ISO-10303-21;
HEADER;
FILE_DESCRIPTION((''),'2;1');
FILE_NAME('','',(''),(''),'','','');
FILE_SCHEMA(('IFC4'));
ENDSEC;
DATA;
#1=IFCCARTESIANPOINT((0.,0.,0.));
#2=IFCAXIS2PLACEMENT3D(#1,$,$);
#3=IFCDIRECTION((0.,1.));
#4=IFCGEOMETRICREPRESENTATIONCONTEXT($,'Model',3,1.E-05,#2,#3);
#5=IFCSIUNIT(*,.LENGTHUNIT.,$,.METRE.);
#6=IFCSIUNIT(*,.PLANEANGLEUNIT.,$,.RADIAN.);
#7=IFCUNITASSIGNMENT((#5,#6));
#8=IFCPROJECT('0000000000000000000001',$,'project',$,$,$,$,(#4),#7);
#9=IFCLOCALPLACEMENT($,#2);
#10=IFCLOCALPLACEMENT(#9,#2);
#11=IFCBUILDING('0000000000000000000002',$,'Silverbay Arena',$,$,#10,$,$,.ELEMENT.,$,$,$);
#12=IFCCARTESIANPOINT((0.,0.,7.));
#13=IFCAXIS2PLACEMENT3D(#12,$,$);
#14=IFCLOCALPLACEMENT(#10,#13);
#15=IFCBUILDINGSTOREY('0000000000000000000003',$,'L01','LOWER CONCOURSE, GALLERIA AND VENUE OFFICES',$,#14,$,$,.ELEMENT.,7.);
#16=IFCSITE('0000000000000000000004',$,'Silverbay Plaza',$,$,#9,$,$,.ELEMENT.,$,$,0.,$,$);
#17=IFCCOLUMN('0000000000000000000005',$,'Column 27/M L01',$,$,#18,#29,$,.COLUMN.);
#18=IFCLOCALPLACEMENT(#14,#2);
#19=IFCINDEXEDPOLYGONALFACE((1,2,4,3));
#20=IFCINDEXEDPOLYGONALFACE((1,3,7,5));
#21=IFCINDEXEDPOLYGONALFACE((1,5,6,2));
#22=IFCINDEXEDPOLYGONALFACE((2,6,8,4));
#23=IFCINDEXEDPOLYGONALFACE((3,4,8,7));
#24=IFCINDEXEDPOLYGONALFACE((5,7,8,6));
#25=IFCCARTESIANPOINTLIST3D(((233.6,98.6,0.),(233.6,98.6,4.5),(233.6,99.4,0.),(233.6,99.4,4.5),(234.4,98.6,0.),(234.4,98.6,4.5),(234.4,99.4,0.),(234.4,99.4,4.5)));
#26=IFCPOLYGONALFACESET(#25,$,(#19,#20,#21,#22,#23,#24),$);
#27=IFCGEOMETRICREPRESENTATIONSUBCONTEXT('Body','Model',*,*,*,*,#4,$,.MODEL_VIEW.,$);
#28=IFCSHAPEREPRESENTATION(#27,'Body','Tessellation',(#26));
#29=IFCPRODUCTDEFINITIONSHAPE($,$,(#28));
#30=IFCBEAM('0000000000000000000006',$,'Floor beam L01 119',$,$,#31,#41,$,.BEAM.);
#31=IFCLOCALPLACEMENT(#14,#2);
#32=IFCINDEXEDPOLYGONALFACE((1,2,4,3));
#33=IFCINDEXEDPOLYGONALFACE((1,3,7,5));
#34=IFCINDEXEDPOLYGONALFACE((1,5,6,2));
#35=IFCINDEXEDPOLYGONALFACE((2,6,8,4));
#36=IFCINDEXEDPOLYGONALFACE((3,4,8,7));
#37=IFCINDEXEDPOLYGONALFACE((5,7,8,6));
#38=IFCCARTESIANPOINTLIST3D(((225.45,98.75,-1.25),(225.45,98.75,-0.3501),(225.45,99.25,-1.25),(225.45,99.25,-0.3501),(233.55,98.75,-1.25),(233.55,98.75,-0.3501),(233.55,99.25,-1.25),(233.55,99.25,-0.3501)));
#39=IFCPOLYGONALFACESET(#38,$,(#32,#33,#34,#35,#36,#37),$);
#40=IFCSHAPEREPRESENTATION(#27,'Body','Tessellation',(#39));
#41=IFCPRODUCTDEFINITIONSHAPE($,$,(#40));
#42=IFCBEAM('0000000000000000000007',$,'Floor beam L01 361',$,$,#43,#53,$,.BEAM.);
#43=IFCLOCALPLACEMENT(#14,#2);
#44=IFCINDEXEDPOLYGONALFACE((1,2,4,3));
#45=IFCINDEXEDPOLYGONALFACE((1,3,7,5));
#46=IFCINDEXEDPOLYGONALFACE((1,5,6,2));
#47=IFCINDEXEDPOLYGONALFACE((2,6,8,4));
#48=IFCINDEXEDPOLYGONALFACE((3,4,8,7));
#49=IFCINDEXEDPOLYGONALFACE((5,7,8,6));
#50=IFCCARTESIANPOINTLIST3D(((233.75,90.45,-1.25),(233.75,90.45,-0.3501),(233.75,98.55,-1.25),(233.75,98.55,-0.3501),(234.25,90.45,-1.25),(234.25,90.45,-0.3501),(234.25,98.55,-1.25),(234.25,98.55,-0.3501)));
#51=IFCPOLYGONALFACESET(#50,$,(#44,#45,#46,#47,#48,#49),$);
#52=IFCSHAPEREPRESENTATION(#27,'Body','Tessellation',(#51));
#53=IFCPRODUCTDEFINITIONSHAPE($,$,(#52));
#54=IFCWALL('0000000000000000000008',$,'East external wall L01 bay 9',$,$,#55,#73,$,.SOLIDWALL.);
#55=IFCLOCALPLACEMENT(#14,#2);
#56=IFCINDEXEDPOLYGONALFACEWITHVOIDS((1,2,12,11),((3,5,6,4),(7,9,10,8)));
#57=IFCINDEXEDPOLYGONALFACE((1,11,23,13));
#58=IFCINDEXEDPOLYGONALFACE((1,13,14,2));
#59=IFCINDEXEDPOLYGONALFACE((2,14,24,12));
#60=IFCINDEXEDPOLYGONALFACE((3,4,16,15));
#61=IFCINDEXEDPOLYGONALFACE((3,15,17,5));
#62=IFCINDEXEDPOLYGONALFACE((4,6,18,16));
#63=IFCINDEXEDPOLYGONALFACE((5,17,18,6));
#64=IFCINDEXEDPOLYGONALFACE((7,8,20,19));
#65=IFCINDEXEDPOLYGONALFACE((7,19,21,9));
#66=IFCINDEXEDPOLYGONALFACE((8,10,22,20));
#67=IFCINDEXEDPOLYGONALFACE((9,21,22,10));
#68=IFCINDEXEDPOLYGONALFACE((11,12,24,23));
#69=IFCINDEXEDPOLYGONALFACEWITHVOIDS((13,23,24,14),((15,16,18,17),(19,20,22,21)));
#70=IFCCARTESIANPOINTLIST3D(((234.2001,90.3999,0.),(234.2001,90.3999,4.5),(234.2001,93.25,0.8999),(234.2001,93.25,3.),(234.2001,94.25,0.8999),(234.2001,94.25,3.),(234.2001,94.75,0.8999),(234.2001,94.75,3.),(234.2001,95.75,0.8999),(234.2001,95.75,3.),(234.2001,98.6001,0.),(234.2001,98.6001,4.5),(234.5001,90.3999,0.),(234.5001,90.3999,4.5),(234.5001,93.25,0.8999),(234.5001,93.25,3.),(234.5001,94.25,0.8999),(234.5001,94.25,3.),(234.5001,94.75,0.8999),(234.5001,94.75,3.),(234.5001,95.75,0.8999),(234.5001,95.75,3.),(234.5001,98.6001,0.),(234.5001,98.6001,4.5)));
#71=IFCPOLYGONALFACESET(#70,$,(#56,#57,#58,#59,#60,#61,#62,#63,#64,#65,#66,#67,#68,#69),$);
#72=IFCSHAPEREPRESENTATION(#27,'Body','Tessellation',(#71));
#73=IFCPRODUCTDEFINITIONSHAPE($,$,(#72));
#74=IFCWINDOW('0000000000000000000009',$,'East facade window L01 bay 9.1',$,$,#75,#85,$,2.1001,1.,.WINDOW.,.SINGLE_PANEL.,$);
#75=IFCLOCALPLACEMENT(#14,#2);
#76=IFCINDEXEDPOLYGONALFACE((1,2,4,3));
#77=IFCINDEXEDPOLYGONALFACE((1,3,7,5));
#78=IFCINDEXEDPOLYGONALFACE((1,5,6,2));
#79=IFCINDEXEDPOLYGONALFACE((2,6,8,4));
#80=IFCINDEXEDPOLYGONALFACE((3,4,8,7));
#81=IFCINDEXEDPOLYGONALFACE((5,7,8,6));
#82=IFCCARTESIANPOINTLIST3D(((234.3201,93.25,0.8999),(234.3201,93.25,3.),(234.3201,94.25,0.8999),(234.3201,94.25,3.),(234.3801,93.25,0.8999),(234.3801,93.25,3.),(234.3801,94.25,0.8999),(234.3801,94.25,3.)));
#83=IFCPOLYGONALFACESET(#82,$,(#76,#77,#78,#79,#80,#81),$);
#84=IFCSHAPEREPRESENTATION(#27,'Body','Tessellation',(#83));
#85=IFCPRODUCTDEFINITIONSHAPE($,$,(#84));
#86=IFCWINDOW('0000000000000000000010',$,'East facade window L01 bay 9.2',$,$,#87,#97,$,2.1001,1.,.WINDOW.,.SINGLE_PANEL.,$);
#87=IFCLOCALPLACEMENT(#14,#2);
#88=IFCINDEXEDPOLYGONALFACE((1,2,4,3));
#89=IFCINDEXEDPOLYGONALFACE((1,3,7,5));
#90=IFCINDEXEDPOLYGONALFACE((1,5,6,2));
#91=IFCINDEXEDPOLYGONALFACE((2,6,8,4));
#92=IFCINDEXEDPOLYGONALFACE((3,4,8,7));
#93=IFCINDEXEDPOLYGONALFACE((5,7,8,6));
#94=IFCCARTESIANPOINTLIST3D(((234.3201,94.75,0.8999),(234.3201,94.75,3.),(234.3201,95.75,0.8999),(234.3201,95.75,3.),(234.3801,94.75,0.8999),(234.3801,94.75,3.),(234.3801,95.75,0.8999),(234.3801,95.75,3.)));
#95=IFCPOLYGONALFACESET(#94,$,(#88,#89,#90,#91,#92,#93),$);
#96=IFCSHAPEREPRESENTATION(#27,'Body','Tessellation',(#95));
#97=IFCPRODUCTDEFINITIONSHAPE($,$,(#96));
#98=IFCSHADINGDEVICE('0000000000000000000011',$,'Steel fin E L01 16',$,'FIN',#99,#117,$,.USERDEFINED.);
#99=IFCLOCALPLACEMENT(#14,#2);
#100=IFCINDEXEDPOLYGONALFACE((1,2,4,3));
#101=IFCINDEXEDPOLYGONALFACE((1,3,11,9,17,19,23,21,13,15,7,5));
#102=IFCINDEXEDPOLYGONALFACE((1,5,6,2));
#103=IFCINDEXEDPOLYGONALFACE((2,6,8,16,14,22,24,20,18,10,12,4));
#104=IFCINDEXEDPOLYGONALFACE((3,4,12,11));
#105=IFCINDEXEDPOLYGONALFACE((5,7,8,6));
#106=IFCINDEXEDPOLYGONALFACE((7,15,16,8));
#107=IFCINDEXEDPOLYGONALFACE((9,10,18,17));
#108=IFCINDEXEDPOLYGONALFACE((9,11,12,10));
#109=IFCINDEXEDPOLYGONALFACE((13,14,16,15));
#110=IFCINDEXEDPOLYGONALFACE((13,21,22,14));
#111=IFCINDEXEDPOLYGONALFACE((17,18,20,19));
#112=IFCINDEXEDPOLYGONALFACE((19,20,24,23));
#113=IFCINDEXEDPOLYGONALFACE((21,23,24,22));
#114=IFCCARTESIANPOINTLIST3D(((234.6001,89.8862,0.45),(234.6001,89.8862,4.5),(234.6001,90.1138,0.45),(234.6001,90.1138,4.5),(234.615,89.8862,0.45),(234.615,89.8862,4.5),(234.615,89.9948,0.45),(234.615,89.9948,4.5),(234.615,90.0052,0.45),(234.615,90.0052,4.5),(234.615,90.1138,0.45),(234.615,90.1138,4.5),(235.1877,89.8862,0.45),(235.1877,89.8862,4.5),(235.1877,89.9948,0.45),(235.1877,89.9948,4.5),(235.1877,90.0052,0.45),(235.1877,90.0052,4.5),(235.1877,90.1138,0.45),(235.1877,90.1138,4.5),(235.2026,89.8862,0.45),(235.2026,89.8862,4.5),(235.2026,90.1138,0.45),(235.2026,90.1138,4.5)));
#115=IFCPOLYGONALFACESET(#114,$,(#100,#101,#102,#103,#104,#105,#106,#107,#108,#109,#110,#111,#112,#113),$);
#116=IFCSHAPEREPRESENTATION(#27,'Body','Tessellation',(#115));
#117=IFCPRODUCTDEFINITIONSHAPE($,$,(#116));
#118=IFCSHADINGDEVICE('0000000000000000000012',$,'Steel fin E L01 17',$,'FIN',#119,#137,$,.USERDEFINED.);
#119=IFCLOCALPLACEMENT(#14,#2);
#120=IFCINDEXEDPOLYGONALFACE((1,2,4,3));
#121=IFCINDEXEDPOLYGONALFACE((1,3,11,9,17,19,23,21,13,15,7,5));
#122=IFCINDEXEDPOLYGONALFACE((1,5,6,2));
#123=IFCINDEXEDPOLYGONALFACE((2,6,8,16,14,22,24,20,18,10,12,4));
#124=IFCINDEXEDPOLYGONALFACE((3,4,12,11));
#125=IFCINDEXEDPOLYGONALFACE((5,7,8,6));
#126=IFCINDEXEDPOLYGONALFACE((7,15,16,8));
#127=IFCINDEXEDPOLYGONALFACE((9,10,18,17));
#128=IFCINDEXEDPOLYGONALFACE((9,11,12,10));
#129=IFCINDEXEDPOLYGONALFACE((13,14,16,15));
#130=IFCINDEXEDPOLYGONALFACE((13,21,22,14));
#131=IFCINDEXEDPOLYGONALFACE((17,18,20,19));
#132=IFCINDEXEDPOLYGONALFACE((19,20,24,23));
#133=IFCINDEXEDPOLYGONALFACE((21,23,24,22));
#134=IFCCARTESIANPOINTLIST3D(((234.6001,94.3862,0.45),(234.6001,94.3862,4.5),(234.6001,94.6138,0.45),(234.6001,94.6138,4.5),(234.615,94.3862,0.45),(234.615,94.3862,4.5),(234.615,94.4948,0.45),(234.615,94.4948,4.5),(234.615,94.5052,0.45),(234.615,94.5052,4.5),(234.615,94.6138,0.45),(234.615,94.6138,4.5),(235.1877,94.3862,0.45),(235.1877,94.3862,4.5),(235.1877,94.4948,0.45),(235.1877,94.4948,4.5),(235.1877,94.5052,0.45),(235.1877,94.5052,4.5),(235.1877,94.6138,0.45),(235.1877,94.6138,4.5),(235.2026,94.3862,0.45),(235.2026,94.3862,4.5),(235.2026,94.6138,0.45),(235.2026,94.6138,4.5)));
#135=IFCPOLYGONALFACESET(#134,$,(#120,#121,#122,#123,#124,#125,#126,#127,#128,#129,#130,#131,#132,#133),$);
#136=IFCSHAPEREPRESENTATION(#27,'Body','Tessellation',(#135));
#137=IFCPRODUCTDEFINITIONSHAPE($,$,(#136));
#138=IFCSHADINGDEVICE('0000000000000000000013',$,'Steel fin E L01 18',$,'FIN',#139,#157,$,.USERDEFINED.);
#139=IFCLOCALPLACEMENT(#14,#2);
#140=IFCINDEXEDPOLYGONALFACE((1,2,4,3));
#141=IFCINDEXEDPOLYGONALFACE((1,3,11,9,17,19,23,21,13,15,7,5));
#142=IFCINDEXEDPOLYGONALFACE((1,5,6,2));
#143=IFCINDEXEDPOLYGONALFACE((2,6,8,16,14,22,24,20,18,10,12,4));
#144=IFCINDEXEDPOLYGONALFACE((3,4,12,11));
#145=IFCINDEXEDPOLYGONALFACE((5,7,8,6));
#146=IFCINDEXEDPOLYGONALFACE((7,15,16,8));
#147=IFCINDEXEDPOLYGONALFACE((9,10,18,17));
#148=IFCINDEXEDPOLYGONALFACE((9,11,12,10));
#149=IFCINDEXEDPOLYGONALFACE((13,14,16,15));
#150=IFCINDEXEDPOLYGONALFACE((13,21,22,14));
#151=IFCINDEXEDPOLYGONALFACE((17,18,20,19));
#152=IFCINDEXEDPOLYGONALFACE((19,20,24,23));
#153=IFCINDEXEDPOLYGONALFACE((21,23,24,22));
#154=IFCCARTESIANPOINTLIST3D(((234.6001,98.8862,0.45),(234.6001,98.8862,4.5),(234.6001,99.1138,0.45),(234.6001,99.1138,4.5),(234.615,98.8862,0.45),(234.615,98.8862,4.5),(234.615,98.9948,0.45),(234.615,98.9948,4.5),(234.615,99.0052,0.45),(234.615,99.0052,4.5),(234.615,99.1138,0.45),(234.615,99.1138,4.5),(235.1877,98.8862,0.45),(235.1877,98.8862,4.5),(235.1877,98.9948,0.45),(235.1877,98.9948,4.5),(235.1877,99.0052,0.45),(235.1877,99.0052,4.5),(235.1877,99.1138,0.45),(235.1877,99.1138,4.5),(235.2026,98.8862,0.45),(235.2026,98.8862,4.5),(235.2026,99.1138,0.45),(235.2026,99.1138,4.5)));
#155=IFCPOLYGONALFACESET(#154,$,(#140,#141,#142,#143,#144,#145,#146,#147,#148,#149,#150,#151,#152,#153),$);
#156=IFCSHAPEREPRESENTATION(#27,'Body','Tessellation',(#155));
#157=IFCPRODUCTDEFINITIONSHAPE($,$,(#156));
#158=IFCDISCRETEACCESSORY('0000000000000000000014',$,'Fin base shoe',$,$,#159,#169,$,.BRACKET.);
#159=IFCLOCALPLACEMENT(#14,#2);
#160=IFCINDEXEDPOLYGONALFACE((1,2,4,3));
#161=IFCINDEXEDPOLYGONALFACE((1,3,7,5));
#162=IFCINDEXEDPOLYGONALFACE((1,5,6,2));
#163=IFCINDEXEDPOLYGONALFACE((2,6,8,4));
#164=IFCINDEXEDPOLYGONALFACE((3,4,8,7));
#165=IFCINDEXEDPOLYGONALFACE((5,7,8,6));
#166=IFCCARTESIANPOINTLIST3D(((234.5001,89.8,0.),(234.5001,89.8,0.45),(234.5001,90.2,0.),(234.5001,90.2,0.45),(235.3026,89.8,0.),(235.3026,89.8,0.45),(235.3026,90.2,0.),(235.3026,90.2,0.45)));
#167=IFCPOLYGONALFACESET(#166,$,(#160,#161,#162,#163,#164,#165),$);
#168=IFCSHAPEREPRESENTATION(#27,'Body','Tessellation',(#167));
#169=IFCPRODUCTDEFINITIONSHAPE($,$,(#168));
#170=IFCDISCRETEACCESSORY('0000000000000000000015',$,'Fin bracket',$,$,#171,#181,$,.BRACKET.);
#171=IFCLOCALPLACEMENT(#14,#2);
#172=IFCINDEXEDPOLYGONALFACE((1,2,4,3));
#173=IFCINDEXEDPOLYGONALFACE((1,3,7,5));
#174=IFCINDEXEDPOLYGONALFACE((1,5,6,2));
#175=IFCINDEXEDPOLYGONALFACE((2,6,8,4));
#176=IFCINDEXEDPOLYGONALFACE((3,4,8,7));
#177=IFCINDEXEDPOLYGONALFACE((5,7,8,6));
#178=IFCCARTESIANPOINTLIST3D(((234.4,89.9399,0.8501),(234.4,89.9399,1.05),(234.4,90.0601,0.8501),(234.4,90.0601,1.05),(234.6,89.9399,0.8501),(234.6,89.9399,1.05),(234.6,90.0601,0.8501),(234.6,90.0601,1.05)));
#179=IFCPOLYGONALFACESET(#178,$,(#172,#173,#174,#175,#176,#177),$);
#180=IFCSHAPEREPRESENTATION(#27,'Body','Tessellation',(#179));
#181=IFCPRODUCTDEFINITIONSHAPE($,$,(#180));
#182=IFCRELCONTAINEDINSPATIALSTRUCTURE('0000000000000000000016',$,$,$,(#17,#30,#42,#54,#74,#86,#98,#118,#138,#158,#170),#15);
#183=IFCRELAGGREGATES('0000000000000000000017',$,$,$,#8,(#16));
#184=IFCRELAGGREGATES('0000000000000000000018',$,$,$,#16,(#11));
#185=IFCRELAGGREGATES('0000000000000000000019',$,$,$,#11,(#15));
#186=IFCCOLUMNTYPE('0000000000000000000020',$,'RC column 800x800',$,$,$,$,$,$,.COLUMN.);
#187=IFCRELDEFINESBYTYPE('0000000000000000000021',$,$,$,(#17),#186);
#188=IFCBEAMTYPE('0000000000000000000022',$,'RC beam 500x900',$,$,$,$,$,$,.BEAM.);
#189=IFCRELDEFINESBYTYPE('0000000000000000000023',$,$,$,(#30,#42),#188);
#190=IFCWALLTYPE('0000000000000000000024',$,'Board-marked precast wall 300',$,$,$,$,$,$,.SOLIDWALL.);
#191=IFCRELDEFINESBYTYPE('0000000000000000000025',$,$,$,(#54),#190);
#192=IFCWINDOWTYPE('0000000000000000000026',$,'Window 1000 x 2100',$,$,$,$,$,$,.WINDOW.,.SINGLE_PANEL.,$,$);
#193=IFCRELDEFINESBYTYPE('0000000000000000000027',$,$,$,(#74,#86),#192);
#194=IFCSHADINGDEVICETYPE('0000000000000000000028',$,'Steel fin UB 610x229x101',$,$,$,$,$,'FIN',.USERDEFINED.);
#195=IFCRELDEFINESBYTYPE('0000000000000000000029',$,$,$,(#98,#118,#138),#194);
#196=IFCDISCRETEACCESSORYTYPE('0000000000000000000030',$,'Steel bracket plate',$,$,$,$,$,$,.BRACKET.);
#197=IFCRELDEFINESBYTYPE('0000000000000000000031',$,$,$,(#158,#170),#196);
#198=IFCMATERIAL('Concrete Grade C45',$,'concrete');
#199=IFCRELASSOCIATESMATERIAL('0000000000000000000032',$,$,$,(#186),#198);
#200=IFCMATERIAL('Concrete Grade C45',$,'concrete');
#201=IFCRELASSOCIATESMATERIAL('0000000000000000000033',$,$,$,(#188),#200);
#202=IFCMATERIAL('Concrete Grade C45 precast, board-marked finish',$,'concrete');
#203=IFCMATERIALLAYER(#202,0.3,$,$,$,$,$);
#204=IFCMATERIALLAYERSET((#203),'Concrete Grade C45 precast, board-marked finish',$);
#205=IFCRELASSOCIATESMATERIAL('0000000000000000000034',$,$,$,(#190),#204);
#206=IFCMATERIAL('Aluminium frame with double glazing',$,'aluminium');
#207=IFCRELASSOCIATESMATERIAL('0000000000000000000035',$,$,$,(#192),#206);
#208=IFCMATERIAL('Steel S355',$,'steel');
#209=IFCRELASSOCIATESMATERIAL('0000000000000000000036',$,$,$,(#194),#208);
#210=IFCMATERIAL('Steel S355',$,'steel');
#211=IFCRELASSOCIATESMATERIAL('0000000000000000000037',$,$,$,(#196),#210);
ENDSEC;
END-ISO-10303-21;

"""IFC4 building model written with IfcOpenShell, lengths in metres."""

from ifc_helpers import new_model, si_unit, direction, frame, frame_2d, origin, origin_2d, place, context, subcontext, project, spatial, rectangle, i_section, extrude, material, layer, layer_set, material_profile, profile_set, type_object, element, fill, save


model = new_model("IFC4")

# Units and contexts
model_context = context("Model", 3, precision=1e-05, world=origin(), true_north=direction((0.0, 1.0)))
body_context = subcontext(model_context, "Body", "Model", "MODEL_VIEW")
ifc_project = project(units=[si_unit("LENGTHUNIT", "METRE"), si_unit("PLANEANGLEUNIT", "RADIAN")], contexts=[model_context])

# Site, building, storey
site_placement = place(None, origin())
site = spatial("IfcSite", under=ifc_project, at=site_placement, Name="Silverbay Plaza", CompositionType="ELEMENT", RefElevation=0.0)
building_placement = place(site_placement, origin())
building = spatial("IfcBuilding", under=site, at=building_placement, Name="Silverbay Arena", CompositionType="ELEMENT")
storey_placement = place(building_placement, frame((0.0, 0.0, 7.0)))
storey = spatial("IfcBuildingStorey", under=building, at=storey_placement, Name="L01", Description="LOWER CONCOURSE, GALLERIA AND VENUE OFFICES", CompositionType="ELEMENT", Elevation=7.0)

# Column
ifc_material_1 = material(Name="Concrete Grade C45", Category="concrete")
ifc_material_profile_1 = material_profile(ifc_material_1, rectangle(XDim=0.8, YDim=0.8, at=origin_2d()), Name="RC 800x800")
ifc_profile_set_1 = profile_set([ifc_material_profile_1], Name="Concrete Grade C45")
column_type = type_object("IfcColumnType", Name="RC column 800x800", PredefinedType="COLUMN", material=ifc_profile_set_1)
column_placement = place(storey_placement, frame((234.0, 99.0, 0.0), z_axis=(0.0, 0.0, 1.0), x_axis=(1.0, 0.0, 0.0)))
element("IfcColumn", 1, at=column_placement, inside=storey, type_object=column_type, Name="Column 27/M L01", PredefinedType="COLUMN", context=body_context, shape_type="SweptSolid", body=[
    extrude(rectangle(XDim=0.8, YDim=0.8, at=origin_2d()), origin(), (0.0, 0.0, 1.0), 4.5),
])

# Beams
ifc_material_2 = material(Name="Concrete Grade C45", Category="concrete")
ifc_material_profile_2 = material_profile(ifc_material_2, rectangle(XDim=0.5, YDim=0.8999, at=origin_2d()), Name="RC 500x900")
ifc_profile_set_2 = profile_set([ifc_material_profile_2], Name="Concrete Grade C45")
beam_type = type_object("IfcBeamType", Name="RC beam 500x900", PredefinedType="BEAM", material=ifc_profile_set_2)
for number, where, z_axis, x_axis, name in (
    (2, (225.45, 99.0, -0.8), (1.0, 0.0, 0.0), (0.0, 1.0, 0.0), "Floor beam L01 119"),
    (3, (234.0, 90.45, -0.8), (0.0, 1.0, 0.0), (-1.0, 0.0, 0.0), "Floor beam L01 361"),
):
    element("IfcBeam", number, at=place(storey_placement, frame(where, z_axis=z_axis, x_axis=x_axis)), inside=storey, type_object=beam_type, Name=name, PredefinedType="BEAM", context=body_context, shape_type="SweptSolid", body=[
        extrude(rectangle(XDim=0.5, YDim=0.8999, at=origin_2d()), origin(), (0.0, 0.0, 1.0), 8.1001),
    ])

# Wall, openings, windows
ifc_material_3 = material(Name="Concrete Grade C45 precast, board-marked finish", Category="concrete")
ifc_layer = layer(ifc_material_3, 0.3)
ifc_layer_set = layer_set([ifc_layer], Name="Concrete Grade C45 precast, board-marked finish")
wall_type = type_object("IfcWallType", Name="Board-marked precast wall 300", PredefinedType="SOLIDWALL", material=ifc_layer_set)
wall_placement = place(storey_placement, frame((234.3501, 90.3999, 0.0), z_axis=(0.0, 0.0, 1.0), x_axis=(0.0, 1.0, 0.0)))
wall = element("IfcWall", 4, at=wall_placement, inside=storey, type_object=wall_type, Name="East external wall L01 bay 9", PredefinedType="SOLIDWALL", context=body_context, shape_type="SweptSolid", body=[
    extrude(rectangle(XDim=8.2002, YDim=0.3, at=frame_2d((4.1001, 0.0))), origin(), (0.0, 0.0, 1.0), 4.5),
])
opening_1_placement = place(wall_placement, frame((2.8501, 0.0, 0.8999)))
opening_1 = element("IfcOpeningElement", 5, at=opening_1_placement, cuts=wall, PredefinedType="OPENING", context=body_context, shape_type="SweptSolid", body=[
    extrude(rectangle(XDim=1.0, YDim=2.1001, at=frame_2d((0.5, 1.05))), frame((0.0, 0.1602, 0.0), z_axis=(0.0, -1.0, 0.0), x_axis=(1.0, 0.0, 0.0)), (0.0, 0.0, 1.0), 0.3201),
])
opening_2_placement = place(wall_placement, frame((4.3501, 0.0, 0.8999)))
opening_2 = element("IfcOpeningElement", 6, at=opening_2_placement, cuts=wall, PredefinedType="OPENING", context=body_context, shape_type="SweptSolid", body=[
    extrude(rectangle(XDim=1.0, YDim=2.1001, at=frame_2d((0.5, 1.05))), frame((0.0, 0.1602, 0.0), z_axis=(0.0, -1.0, 0.0), x_axis=(1.0, 0.0, 0.0)), (0.0, 0.0, 1.0), 0.3201),
])
ifc_material_4 = material(Name="Aluminium frame with double glazing", Category="aluminium")
window_type = type_object("IfcWindowType", Name="Window 1000 x 2100", PartitioningType="SINGLE_PANEL", PredefinedType="WINDOW", material=ifc_material_4)
window_1_placement = place(opening_1_placement, origin())
window_1 = element("IfcWindow", 7, at=window_1_placement, inside=storey, type_object=window_type, Name="East facade window L01 bay 9.1", OverallHeight=2.1001, OverallWidth=1.0, PartitioningType="SINGLE_PANEL", PredefinedType="WINDOW", context=body_context, shape_type="SweptSolid", body=[
    extrude(rectangle(XDim=1.0, YDim=2.1001, at=frame_2d((0.5, 1.05))), frame((0.0, 0.03, 0.0), z_axis=(0.0, -1.0, 0.0), x_axis=(1.0, 0.0, 0.0)), (0.0, 0.0, 1.0), 0.0601),
])
fill(opening_1, window_1)
window_2_placement = place(opening_2_placement, origin())
window_2 = element("IfcWindow", 8, at=window_2_placement, inside=storey, type_object=window_type, Name="East facade window L01 bay 9.2", OverallHeight=2.1001, OverallWidth=1.0, PartitioningType="SINGLE_PANEL", PredefinedType="WINDOW", context=body_context, shape_type="SweptSolid", body=[
    extrude(rectangle(XDim=1.0, YDim=2.1001, at=frame_2d((0.5, 1.05))), frame((0.0, 0.03, 0.0), z_axis=(0.0, -1.0, 0.0), x_axis=(1.0, 0.0, 0.0)), (0.0, 0.0, 1.0), 0.0601),
])
fill(opening_2, window_2)

# Shading devices
ifc_material_5 = material(Name="Steel S355", Category="steel")
ifc_material_profile_3 = material_profile(ifc_material_5, i_section(OverallWidth=0.2275, OverallDepth=0.6025, WebThickness=0.0105, FlangeThickness=0.0149, at=origin_2d()), Name="UB 610x229x101")
ifc_profile_set_3 = profile_set([ifc_material_profile_3], Name="Steel S355")
shading_device_type = type_object("IfcShadingDeviceType", Name="Steel fin UB 610x229x101", ElementType="FIN", PredefinedType="USERDEFINED", material=ifc_profile_set_3)
for number, where, z_axis, x_axis, name in (
    (9, (234.9014, 90.0, 0.45), (0.0, 0.0, 1.0), (0.0, 1.0, 0.0), "Steel fin E L01 16"),
    (10, (234.9014, 94.5, 0.45), (0.0, 0.0, 1.0), (0.0, 1.0, 0.0), "Steel fin E L01 17"),
    (11, (234.9014, 99.0, 0.45), (0.0, 0.0, 1.0), (0.0, 1.0, 0.0), "Steel fin E L01 18"),
):
    element("IfcShadingDevice", number, at=place(storey_placement, frame(where, z_axis=z_axis, x_axis=x_axis)), inside=storey, type_object=shading_device_type, Name=name, ObjectType="FIN", PredefinedType="USERDEFINED", context=body_context, shape_type="SweptSolid", body=[
        extrude(i_section(OverallWidth=0.2275, OverallDepth=0.6025, WebThickness=0.0105, FlangeThickness=0.0149, at=origin_2d()), origin(), (0.0, 0.0, 1.0), 4.05),
    ])

# Discrete accessories
ifc_material_6 = material(Name="Steel S355", Category="steel")
discrete_accessory_type = type_object("IfcDiscreteAccessoryType", Name="Steel bracket plate", PredefinedType="BRACKET", material=ifc_material_6)
discrete_accessory_1_placement = place(storey_placement, frame((234.9014, 90.0, 0.0), z_axis=(0.0, 0.0, 1.0), x_axis=(1.0, 0.0, 0.0)))
element("IfcDiscreteAccessory", 12, at=discrete_accessory_1_placement, inside=storey, type_object=discrete_accessory_type, Name="Fin base shoe", PredefinedType="BRACKET", context=body_context, shape_type="SweptSolid", body=[
    extrude(rectangle(XDim=0.8025, YDim=0.3999, at=origin_2d()), origin(), (0.0, 0.0, 1.0), 0.45),
])
for number, where, z_axis, x_axis, name in (
    (13, (234.5, 90.0, 0.8501), (0.0, 0.0, 1.0), (1.0, 0.0, 0.0), "Fin bracket"),
):
    element("IfcDiscreteAccessory", number, at=place(storey_placement, frame(where, z_axis=z_axis, x_axis=x_axis)), inside=storey, type_object=discrete_accessory_type, Name=name, PredefinedType="BRACKET", context=body_context, shape_type="SweptSolid", body=[
        extrude(rectangle(XDim=0.2, YDim=0.1201, at=origin_2d()), origin(), (0.0, 0.0, 1.0), 0.2),
    ])

save(model, "model.ifc")
